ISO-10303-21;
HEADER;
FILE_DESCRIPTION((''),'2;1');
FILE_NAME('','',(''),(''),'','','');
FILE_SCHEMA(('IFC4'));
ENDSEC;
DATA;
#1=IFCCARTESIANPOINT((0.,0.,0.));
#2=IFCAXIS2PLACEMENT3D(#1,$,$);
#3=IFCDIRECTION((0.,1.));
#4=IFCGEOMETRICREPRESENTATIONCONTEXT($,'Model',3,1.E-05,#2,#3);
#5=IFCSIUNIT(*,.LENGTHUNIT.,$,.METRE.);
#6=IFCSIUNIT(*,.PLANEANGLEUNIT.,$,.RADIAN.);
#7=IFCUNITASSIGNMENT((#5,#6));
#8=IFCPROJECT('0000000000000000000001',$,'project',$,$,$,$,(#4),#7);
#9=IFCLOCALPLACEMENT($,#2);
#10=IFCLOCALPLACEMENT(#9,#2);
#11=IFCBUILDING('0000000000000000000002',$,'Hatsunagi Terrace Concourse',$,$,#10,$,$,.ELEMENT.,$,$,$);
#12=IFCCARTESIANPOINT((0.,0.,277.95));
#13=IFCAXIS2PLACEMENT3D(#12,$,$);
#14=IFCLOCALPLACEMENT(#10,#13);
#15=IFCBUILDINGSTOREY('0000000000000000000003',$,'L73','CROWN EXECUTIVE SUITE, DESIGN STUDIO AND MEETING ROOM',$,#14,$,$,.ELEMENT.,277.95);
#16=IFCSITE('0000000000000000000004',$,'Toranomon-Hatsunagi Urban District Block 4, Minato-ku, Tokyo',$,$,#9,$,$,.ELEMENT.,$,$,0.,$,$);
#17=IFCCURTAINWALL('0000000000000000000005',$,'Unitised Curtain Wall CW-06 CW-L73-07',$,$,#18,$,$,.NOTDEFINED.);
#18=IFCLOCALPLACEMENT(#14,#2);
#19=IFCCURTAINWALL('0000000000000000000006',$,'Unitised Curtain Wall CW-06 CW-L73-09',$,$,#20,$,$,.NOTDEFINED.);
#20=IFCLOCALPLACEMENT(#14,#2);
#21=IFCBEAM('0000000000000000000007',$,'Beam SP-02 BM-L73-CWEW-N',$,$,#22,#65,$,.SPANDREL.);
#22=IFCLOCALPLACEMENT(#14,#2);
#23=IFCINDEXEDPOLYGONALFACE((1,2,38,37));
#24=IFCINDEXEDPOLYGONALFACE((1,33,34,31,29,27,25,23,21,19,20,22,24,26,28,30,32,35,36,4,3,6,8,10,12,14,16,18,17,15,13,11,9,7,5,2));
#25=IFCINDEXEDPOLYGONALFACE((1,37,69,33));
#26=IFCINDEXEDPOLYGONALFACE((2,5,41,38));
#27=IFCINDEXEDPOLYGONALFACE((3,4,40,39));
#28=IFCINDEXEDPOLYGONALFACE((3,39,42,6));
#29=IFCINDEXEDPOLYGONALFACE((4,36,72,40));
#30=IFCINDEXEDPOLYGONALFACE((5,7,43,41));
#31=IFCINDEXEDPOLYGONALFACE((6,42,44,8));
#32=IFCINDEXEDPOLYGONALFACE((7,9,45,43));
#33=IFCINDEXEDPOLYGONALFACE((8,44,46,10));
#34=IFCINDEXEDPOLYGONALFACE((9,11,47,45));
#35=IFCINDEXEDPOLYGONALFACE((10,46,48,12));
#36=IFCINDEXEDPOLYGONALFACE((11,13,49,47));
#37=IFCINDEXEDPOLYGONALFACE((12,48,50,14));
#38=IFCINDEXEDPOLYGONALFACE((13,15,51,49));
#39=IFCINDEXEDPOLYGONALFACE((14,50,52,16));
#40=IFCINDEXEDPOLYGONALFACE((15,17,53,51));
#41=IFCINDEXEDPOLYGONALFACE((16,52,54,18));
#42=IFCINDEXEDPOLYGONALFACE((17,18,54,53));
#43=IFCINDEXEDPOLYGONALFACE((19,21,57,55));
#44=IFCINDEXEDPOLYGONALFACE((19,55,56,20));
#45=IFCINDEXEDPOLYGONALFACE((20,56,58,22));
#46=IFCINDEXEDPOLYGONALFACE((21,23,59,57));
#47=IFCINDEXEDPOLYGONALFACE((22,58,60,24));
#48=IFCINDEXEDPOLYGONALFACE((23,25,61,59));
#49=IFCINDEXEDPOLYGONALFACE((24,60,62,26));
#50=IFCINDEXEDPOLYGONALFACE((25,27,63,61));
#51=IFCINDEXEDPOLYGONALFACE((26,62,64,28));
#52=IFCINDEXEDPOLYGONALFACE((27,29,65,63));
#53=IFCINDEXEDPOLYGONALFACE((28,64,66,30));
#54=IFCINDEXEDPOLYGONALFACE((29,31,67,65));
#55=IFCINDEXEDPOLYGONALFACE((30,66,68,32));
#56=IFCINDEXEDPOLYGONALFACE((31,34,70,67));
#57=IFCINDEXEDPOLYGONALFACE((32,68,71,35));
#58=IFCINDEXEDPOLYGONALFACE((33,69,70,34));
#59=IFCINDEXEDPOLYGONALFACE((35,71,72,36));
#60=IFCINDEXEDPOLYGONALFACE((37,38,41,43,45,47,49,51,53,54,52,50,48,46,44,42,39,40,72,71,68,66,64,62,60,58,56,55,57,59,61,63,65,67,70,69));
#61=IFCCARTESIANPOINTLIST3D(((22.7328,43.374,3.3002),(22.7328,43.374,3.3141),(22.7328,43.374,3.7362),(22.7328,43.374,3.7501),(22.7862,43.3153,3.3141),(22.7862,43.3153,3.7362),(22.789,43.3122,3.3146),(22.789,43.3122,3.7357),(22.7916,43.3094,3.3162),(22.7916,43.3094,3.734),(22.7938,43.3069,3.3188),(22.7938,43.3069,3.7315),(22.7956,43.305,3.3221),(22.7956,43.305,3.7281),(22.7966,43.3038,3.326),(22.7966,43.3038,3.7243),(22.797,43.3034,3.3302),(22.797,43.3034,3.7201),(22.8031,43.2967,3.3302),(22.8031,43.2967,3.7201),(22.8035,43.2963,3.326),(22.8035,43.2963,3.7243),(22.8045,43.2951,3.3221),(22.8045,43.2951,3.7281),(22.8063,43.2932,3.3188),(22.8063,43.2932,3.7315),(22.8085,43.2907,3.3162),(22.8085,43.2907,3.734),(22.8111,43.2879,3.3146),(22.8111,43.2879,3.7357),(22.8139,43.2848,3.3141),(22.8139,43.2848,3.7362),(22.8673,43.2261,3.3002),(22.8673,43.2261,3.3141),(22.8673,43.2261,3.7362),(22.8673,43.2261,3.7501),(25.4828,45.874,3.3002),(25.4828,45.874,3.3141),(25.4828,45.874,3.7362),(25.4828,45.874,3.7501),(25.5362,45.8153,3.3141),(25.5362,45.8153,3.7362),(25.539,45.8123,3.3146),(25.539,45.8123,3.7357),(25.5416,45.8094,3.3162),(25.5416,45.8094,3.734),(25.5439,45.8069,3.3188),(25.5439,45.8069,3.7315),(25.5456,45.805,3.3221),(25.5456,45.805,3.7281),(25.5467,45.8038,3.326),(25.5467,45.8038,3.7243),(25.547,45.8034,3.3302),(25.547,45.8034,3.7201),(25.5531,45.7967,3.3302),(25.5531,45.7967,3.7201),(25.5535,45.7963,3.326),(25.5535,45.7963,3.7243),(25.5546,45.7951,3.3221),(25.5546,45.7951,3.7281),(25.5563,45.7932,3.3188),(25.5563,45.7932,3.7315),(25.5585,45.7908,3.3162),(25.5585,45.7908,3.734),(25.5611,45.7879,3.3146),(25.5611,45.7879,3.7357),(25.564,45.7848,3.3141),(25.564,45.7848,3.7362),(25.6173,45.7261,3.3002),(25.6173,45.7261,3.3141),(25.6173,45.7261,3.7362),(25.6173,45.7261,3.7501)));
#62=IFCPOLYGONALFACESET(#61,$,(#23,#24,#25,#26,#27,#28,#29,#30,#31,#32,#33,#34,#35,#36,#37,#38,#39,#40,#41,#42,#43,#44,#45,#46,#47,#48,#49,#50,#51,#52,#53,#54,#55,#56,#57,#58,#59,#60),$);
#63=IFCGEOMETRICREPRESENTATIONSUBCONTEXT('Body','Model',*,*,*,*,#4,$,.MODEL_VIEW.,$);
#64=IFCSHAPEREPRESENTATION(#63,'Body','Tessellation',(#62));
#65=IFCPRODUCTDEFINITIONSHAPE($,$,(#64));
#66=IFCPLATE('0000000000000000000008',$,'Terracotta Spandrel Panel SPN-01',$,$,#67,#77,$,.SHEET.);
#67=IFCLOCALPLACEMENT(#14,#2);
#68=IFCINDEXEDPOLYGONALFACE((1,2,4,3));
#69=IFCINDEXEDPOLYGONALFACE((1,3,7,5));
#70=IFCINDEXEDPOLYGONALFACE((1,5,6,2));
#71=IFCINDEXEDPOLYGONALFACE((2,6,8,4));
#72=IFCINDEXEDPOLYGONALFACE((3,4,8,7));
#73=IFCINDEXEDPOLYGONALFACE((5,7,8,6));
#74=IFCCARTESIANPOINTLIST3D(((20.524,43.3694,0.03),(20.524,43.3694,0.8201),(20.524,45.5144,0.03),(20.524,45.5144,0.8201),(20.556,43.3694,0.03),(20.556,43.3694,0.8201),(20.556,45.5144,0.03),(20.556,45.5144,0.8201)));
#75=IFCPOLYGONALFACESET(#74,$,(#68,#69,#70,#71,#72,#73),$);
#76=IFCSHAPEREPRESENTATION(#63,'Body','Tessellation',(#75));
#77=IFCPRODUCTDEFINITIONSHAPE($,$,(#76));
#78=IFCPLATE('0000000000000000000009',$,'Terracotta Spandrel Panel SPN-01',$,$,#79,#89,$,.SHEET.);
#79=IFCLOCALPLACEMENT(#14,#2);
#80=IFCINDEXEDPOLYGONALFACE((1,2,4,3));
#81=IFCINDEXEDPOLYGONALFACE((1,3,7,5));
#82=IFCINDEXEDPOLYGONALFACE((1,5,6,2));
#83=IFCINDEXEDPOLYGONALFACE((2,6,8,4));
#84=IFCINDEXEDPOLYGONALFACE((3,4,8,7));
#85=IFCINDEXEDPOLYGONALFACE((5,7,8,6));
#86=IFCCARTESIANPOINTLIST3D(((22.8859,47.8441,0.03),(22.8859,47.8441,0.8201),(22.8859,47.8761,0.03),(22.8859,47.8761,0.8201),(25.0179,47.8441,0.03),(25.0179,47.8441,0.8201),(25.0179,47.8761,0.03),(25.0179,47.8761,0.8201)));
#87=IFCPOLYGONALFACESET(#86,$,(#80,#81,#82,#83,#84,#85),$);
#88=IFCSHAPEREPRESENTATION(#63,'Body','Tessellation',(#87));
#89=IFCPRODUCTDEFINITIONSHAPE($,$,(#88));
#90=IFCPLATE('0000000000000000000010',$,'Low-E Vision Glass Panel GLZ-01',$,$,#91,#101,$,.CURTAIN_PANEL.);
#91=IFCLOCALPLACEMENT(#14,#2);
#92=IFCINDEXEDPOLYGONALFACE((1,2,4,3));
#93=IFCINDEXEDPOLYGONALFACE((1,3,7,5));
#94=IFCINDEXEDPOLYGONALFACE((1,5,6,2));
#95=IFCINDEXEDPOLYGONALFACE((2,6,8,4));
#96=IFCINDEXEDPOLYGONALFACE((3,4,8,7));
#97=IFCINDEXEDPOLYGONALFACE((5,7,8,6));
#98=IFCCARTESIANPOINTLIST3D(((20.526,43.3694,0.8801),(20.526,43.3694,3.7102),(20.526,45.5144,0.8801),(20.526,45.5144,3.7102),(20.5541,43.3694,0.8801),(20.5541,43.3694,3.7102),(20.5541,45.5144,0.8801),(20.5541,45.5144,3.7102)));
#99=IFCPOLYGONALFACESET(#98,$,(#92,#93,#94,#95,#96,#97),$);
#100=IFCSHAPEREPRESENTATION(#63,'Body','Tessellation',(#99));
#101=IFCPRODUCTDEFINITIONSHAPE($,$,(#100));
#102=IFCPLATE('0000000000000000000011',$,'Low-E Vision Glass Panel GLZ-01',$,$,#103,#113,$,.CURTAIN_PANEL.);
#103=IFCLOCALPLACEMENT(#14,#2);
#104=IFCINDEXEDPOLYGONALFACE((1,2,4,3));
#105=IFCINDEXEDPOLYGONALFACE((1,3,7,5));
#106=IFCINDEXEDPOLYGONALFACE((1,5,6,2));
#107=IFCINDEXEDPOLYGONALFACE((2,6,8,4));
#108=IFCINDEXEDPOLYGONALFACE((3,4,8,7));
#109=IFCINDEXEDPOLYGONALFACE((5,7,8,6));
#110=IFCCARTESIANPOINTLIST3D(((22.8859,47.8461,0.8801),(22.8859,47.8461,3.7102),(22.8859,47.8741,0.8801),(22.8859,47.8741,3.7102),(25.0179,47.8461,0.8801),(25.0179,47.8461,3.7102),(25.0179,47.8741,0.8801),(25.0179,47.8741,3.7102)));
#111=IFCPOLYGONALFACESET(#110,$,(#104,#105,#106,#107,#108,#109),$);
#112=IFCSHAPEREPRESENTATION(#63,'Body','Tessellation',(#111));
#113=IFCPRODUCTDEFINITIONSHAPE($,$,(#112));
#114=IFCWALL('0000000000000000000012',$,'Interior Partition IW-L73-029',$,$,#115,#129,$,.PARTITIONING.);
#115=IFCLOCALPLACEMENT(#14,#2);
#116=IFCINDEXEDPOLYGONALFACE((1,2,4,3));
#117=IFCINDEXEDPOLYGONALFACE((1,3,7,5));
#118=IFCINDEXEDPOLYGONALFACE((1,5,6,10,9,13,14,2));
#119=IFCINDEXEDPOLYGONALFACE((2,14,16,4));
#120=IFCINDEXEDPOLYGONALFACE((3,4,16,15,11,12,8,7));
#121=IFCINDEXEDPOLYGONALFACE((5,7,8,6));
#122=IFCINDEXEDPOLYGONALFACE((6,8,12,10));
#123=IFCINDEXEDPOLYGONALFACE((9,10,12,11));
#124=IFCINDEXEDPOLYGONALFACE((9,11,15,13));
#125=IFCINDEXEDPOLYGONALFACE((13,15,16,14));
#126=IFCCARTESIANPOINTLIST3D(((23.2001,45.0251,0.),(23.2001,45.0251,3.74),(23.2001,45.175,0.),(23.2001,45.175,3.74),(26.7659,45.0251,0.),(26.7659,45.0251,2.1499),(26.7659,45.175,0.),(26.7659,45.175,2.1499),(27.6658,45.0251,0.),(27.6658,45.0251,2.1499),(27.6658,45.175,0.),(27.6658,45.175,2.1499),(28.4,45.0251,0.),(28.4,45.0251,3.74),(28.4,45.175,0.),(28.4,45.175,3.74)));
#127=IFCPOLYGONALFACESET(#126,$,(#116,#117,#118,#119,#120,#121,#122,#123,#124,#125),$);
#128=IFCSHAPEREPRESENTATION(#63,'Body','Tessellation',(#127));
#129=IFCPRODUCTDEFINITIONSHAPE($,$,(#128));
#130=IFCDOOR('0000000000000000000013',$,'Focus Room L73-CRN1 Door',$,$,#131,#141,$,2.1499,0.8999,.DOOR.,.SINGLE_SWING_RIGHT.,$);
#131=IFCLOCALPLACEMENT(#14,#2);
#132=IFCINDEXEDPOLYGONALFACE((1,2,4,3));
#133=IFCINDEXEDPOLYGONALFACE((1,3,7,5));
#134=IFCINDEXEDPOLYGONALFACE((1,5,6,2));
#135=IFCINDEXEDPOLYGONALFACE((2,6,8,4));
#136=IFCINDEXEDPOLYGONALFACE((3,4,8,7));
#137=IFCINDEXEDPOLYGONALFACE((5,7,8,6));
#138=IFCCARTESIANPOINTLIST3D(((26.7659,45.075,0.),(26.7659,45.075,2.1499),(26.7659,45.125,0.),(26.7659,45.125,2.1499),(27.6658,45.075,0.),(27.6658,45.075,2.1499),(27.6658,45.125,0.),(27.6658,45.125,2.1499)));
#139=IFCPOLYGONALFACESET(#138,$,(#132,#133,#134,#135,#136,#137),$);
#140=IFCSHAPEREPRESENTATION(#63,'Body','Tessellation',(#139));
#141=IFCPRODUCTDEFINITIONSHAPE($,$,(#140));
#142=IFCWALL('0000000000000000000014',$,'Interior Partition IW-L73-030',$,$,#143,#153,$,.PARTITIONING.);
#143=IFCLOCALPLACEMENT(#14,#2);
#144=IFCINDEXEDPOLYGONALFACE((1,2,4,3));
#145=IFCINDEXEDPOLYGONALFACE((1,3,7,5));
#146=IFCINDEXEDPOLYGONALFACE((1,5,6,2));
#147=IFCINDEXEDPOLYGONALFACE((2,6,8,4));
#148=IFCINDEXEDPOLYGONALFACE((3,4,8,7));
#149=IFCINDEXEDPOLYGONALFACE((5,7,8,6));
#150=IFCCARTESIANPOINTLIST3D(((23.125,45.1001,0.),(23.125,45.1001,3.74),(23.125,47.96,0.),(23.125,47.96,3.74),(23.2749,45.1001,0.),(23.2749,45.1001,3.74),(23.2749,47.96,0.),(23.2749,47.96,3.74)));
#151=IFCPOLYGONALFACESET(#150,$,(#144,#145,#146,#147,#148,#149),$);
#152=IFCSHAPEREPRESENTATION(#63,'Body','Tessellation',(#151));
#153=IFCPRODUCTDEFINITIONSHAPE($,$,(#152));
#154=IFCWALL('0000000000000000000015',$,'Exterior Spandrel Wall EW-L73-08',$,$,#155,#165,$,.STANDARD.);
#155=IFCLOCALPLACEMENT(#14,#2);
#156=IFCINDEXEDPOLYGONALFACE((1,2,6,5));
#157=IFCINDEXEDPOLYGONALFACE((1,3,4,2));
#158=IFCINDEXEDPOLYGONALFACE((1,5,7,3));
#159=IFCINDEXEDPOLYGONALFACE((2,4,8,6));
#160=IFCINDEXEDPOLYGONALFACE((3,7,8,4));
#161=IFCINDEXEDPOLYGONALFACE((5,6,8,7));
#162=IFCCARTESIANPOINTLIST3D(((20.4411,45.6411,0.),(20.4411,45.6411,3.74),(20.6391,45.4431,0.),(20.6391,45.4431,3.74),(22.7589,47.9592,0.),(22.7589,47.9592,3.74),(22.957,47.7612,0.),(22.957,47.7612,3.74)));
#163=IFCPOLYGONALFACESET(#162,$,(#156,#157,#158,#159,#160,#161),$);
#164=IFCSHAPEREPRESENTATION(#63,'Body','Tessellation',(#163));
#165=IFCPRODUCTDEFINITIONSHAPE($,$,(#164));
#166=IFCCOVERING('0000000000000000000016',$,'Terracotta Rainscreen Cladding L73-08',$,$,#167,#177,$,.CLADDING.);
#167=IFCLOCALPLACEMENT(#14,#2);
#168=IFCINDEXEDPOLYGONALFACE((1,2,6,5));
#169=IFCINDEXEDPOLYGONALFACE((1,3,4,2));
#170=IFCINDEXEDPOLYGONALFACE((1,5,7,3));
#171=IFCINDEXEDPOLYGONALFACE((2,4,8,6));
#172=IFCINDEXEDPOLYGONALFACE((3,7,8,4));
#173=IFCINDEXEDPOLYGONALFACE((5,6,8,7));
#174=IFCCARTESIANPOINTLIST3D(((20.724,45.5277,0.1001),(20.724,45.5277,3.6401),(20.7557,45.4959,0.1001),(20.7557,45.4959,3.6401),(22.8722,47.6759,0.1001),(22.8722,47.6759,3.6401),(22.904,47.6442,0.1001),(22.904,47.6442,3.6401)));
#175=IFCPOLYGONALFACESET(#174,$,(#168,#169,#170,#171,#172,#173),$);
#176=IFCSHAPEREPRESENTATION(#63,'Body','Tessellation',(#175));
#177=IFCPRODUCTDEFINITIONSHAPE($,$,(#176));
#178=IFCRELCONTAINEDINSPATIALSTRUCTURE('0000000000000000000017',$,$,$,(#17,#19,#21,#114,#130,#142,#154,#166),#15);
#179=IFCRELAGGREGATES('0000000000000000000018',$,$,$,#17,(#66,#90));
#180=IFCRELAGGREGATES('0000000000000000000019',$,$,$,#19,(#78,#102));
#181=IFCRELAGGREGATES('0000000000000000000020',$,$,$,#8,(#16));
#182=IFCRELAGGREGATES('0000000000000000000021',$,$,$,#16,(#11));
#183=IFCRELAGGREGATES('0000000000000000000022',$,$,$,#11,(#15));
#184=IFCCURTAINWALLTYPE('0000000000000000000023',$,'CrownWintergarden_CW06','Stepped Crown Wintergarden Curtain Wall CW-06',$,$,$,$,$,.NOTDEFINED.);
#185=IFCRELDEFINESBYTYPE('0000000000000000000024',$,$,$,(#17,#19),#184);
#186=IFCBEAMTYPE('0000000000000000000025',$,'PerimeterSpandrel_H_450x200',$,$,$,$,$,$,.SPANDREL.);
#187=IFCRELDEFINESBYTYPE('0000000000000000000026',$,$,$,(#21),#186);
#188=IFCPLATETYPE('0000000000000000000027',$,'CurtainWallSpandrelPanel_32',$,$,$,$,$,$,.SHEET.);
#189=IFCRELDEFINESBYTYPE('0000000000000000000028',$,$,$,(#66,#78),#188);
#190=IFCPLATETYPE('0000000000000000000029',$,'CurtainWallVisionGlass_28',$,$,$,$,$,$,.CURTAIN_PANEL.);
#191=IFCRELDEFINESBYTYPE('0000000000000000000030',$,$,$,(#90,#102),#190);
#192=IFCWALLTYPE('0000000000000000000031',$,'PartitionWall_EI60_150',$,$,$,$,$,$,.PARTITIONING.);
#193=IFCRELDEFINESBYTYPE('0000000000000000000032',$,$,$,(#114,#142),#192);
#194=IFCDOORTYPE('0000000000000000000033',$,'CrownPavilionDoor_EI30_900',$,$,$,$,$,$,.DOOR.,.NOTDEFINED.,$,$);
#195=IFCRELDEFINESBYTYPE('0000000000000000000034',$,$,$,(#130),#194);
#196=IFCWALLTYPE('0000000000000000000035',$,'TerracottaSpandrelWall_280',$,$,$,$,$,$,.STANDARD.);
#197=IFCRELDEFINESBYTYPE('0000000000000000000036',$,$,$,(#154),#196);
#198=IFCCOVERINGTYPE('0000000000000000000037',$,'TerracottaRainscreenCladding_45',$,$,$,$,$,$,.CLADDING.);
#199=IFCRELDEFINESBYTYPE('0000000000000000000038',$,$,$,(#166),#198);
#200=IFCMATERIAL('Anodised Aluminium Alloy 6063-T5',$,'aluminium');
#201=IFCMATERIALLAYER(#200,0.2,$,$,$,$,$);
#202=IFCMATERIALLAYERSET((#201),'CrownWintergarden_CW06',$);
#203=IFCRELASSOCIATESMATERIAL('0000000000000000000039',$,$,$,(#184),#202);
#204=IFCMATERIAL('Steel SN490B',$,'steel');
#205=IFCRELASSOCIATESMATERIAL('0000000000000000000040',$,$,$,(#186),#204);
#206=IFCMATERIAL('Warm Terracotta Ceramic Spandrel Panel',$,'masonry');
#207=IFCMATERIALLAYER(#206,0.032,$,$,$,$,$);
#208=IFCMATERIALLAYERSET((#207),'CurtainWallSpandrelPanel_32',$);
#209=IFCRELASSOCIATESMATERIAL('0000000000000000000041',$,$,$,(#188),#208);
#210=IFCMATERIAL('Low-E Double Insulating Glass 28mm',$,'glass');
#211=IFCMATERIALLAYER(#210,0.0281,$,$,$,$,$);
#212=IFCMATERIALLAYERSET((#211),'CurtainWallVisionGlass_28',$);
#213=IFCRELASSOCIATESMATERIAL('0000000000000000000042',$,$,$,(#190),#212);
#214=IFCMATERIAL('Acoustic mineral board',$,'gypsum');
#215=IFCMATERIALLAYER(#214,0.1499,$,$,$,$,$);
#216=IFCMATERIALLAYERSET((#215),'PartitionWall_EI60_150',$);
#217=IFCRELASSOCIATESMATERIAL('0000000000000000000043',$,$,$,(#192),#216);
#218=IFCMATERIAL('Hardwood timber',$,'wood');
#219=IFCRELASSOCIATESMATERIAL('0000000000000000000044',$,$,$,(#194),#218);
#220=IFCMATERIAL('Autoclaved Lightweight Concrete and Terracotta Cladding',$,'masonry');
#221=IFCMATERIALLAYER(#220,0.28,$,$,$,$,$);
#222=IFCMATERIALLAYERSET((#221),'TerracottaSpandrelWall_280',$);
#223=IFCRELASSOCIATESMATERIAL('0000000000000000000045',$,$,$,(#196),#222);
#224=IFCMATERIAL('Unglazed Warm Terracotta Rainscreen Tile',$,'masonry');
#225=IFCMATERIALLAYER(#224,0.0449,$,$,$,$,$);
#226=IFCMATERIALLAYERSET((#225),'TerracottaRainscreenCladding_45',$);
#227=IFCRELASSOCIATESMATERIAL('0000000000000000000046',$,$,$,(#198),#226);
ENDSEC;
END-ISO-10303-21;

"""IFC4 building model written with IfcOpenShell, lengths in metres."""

from ifc_helpers import new_model, si_unit, direction, frame, frame_2d, origin, origin_2d, place, context, subcontext, project, spatial, rectangle, i_section, extrude, material, layer, layer_set, material_profile, profile_set, type_object, element, fill, aggregate, save


model = new_model("IFC4")

# Units and contexts
model_context = context("Model", 3, precision=1e-05, world=origin(), true_north=direction((0.0, 1.0)))
body_context = subcontext(model_context, "Body", "Model", "MODEL_VIEW")
ifc_project = project(units=[si_unit("LENGTHUNIT", "METRE"), si_unit("PLANEANGLEUNIT", "RADIAN")], contexts=[model_context])

# Site, building, storey
site_placement = place(None, origin())
site = spatial("IfcSite", under=ifc_project, at=site_placement, Name="Toranomon-Hatsunagi Urban District Block 4, Minato-ku, Tokyo", CompositionType="ELEMENT", RefElevation=0.0)
building_placement = place(site_placement, origin())
building = spatial("IfcBuilding", under=site, at=building_placement, Name="Hatsunagi Terrace Concourse", CompositionType="ELEMENT")
storey_placement = place(building_placement, frame((0.0, 0.0, 277.95)))
storey = spatial("IfcBuildingStorey", under=building, at=storey_placement, Name="L73", Description="CROWN EXECUTIVE SUITE, DESIGN STUDIO AND MEETING ROOM", CompositionType="ELEMENT", Elevation=277.95)

# Curtain walls
ifc_material_1 = material(Name="Anodised Aluminium Alloy 6063-T5", Category="aluminium")
ifc_layer_1 = layer(ifc_material_1, 0.2)
ifc_layer_set_1 = layer_set([ifc_layer_1], Name="CrownWintergarden_CW06")
curtain_wall_type = type_object("IfcCurtainWallType", Name="CrownWintergarden_CW06", Description="Stepped Crown Wintergarden Curtain Wall CW-06", PredefinedType="NOTDEFINED", material=ifc_layer_set_1)
curtain_wall_1_placement = place(storey_placement, origin())
curtain_wall_1 = element("IfcCurtainWall", 1, at=curtain_wall_1_placement, inside=storey, type_object=curtain_wall_type, Name="Unitised Curtain Wall CW-06 CW-L73-07", PredefinedType="NOTDEFINED")
curtain_wall_2_placement = place(storey_placement, origin())
curtain_wall_2 = element("IfcCurtainWall", 2, at=curtain_wall_2_placement, inside=storey, type_object=curtain_wall_type, Name="Unitised Curtain Wall CW-06 CW-L73-09", PredefinedType="NOTDEFINED")

# Beam
ifc_material_2 = material(Name="Steel SN490B", Category="steel")
ifc_material_profile_1 = material_profile(ifc_material_2, i_section(OverallWidth=0.2, OverallDepth=0.45, WebThickness=0.009, FlangeThickness=0.0139, FilletRadius=0.0161, at=origin_2d()), Name="H-450x200x9x14")
ifc_profile_set_1 = profile_set([ifc_material_profile_1], Name="Steel SN490B")
beam_type = type_object("IfcBeamType", Name="PerimeterSpandrel_H_450x200", PredefinedType="SPANDREL", material=ifc_profile_set_1)
beam_placement = place(storey_placement, frame((22.8, 43.3, 3.5251), z_axis=(0.73994, 0.672673, 0.0), x_axis=(-0.672673, 0.73994, 0.0)))
element("IfcBeam", 3, at=beam_placement, inside=storey, type_object=beam_type, Name="Beam SP-02 BM-L73-CWEW-N", PredefinedType="SPANDREL", context=body_context, shape_type="SweptSolid", body=[
    extrude(i_section(OverallWidth=0.2, OverallDepth=0.45, WebThickness=0.009, FlangeThickness=0.0139, FilletRadius=0.0161, at=origin_2d()), origin(), (0.0, 0.0, 1.0), 3.7166),
])

# Plates
ifc_material_3 = material(Name="Warm Terracotta Ceramic Spandrel Panel", Category="masonry")
ifc_layer_2 = layer(ifc_material_3, 0.032)
ifc_layer_set_2 = layer_set([ifc_layer_2], Name="CurtainWallSpandrelPanel_32")
plate_type_1 = type_object("IfcPlateType", Name="CurtainWallSpandrelPanel_32", PredefinedType="SHEET", material=ifc_layer_set_2)
plate_1_placement = place(storey_placement, frame((20.54, 44.4419, 0.03), z_axis=(0.0, 0.0, 1.0), x_axis=(0.0, 1.0, 0.0)))
plate_1 = element("IfcPlate", 4, at=plate_1_placement, type_object=plate_type_1, Name="Terracotta Spandrel Panel SPN-01", PredefinedType="SHEET", context=body_context, shape_type="SweptSolid", body=[
    extrude(rectangle(XDim=2.145, YDim=0.032, at=origin_2d()), origin(), (0.0, 0.0, 1.0), 0.79),
])
plate_2_placement = place(storey_placement, frame((23.9519, 47.8601, 0.03), z_axis=(0.0, 0.0, 1.0), x_axis=(1.0, 0.0, 0.0)))
plate_2 = element("IfcPlate", 5, at=plate_2_placement, type_object=plate_type_1, Name="Terracotta Spandrel Panel SPN-01", PredefinedType="SHEET", context=body_context, shape_type="SweptSolid", body=[
    extrude(rectangle(XDim=2.1321, YDim=0.032, at=origin_2d()), origin(), (0.0, 0.0, 1.0), 0.79),
])
ifc_material_4 = material(Name="Low-E Double Insulating Glass 28mm", Category="glass")
ifc_layer_3 = layer(ifc_material_4, 0.0281)
ifc_layer_set_3 = layer_set([ifc_layer_3], Name="CurtainWallVisionGlass_28")
plate_type_2 = type_object("IfcPlateType", Name="CurtainWallVisionGlass_28", PredefinedType="CURTAIN_PANEL", material=ifc_layer_set_3)
plate_3_placement = place(storey_placement, frame((20.54, 44.4419, 0.8801), z_axis=(0.0, 0.0, 1.0), x_axis=(0.0, 1.0, 0.0)))
plate_3 = element("IfcPlate", 6, at=plate_3_placement, type_object=plate_type_2, Name="Low-E Vision Glass Panel GLZ-01", PredefinedType="CURTAIN_PANEL", context=body_context, shape_type="SweptSolid", body=[
    extrude(rectangle(XDim=2.145, YDim=0.0281, at=origin_2d()), origin(), (0.0, 0.0, 1.0), 2.8301),
])
aggregate(curtain_wall_1, [plate_1, plate_3])
plate_4_placement = place(storey_placement, frame((23.9519, 47.8601, 0.8801), z_axis=(0.0, 0.0, 1.0), x_axis=(1.0, 0.0, 0.0)))
plate_4 = element("IfcPlate", 7, at=plate_4_placement, type_object=plate_type_2, Name="Low-E Vision Glass Panel GLZ-01", PredefinedType="CURTAIN_PANEL", context=body_context, shape_type="SweptSolid", body=[
    extrude(rectangle(XDim=2.1321, YDim=0.0281, at=origin_2d()), origin(), (0.0, 0.0, 1.0), 2.8301),
])
aggregate(curtain_wall_2, [plate_2, plate_4])

# Wall, opening, door
ifc_material_5 = material(Name="Acoustic mineral board", Category="gypsum")
ifc_layer_4 = layer(ifc_material_5, 0.1499)
ifc_layer_set_4 = layer_set([ifc_layer_4], Name="PartitionWall_EI60_150")
wall_type_1 = type_object("IfcWallType", Name="PartitionWall_EI60_150", PredefinedType="PARTITIONING", material=ifc_layer_set_4)
wall_1_placement = place(storey_placement, frame((23.2, 45.1001, 0.0), z_axis=(0.0, 0.0, 1.0), x_axis=(1.0, 0.0, 0.0)))
wall_1 = element("IfcWall", 8, at=wall_1_placement, inside=storey, type_object=wall_type_1, Name="Interior Partition IW-L73-029", PredefinedType="PARTITIONING", context=body_context, shape_type="SweptSolid", body=[
    extrude(rectangle(XDim=5.2, YDim=0.1499, at=frame_2d((2.6001, 0.0))), origin(), (0.0, 0.0, 1.0), 3.74),
])
opening_placement = place(wall_1_placement, frame((3.5659, 0.0, 0.0)))
opening = element("IfcOpeningElement", 9, at=opening_placement, cuts=wall_1, PredefinedType="OPENING", context=body_context, shape_type="SweptSolid", body=[
    extrude(rectangle(XDim=0.8999, YDim=2.1499, at=frame_2d((0.45, 1.075))), frame((0.0, 0.085, 0.0), z_axis=(0.0, -1.0, 0.0), x_axis=(1.0, 0.0, 0.0)), (0.0, 0.0, 1.0), 0.1699),
])
ifc_material_6 = material(Name="Hardwood timber", Category="wood")
door_type = type_object("IfcDoorType", Name="CrownPavilionDoor_EI30_900", OperationType="NOTDEFINED", PredefinedType="DOOR", material=ifc_material_6)
door_placement = place(opening_placement, origin())
door = element("IfcDoor", 10, at=door_placement, inside=storey, type_object=door_type, Name="Focus Room L73-CRN1 Door", OperationType="SINGLE_SWING_RIGHT", OverallHeight=2.1499, OverallWidth=0.8999, PredefinedType="DOOR", context=body_context, shape_type="SweptSolid", body=[
    extrude(rectangle(XDim=0.8999, YDim=2.1499, at=frame_2d((0.45, 1.075))), frame((0.0, 0.0249, 0.0), z_axis=(0.0, -1.0, 0.0), x_axis=(1.0, 0.0, 0.0)), (0.0, 0.0, 1.0), 0.05),
])
fill(opening, door)

# Walls
wall_2_placement = place(storey_placement, frame((23.2, 45.1001, 0.0), z_axis=(0.0, 0.0, 1.0), x_axis=(0.0, 1.0, 0.0)))
element("IfcWall", 11, at=wall_2_placement, inside=storey, type_object=wall_type_1, Name="Interior Partition IW-L73-030", PredefinedType="PARTITIONING", context=body_context, shape_type="SweptSolid", body=[
    extrude(rectangle(XDim=2.8599, YDim=0.1499, at=frame_2d((1.4299, 0.0))), origin(), (0.0, 0.0, 1.0), 3.74),
])
ifc_material_7 = material(Name="Autoclaved Lightweight Concrete and Terracotta Cladding", Category="masonry")
ifc_layer_5 = layer(ifc_material_7, 0.28)
ifc_layer_set_5 = layer_set([ifc_layer_5], Name="TerracottaSpandrelWall_280")
wall_type_2 = type_object("IfcWallType", Name="TerracottaSpandrelWall_280", PredefinedType="STANDARD", material=ifc_layer_set_5)
wall_3_placement = place(storey_placement, frame((20.54, 45.542, 0.0), z_axis=(0.0, 0.0, 1.0), x_axis=(0.70707, 0.707144, 0.0)))
element("IfcWall", 12, at=wall_3_placement, inside=storey, type_object=wall_type_2, Name="Exterior Spandrel Wall EW-L73-08", PredefinedType="STANDARD", context=body_context, shape_type="SweptSolid", body=[
    extrude(rectangle(XDim=3.2781, YDim=0.28, at=frame_2d((1.6392, 0.0))), origin(), (0.0, 0.0, 1.0), 3.74),
])

# Covering
ifc_material_8 = material(Name="Unglazed Warm Terracotta Rainscreen Tile", Category="masonry")
ifc_layer_6 = layer(ifc_material_8, 0.0449)
ifc_layer_set_6 = layer_set([ifc_layer_6], Name="TerracottaRainscreenCladding_45")
covering_type = type_object("IfcCoveringType", Name="TerracottaRainscreenCladding_45", PredefinedType="CLADDING", material=ifc_layer_set_6)
covering_placement = place(storey_placement, frame((21.814, 46.5859, 0.1001), z_axis=(0.0, 0.0, 1.0), x_axis=(0.707107, 0.707107, 0.0)))
element("IfcCovering", 13, at=covering_placement, inside=storey, type_object=covering_type, Name="Terracotta Rainscreen Cladding L73-08", PredefinedType="CLADDING", context=body_context, shape_type="SweptSolid", body=[
    extrude(rectangle(XDim=3.0381, YDim=0.0449, at=origin_2d()), origin(), (0.0, 0.0, 1.0), 3.54),
])

save(model, "model.ifc")
